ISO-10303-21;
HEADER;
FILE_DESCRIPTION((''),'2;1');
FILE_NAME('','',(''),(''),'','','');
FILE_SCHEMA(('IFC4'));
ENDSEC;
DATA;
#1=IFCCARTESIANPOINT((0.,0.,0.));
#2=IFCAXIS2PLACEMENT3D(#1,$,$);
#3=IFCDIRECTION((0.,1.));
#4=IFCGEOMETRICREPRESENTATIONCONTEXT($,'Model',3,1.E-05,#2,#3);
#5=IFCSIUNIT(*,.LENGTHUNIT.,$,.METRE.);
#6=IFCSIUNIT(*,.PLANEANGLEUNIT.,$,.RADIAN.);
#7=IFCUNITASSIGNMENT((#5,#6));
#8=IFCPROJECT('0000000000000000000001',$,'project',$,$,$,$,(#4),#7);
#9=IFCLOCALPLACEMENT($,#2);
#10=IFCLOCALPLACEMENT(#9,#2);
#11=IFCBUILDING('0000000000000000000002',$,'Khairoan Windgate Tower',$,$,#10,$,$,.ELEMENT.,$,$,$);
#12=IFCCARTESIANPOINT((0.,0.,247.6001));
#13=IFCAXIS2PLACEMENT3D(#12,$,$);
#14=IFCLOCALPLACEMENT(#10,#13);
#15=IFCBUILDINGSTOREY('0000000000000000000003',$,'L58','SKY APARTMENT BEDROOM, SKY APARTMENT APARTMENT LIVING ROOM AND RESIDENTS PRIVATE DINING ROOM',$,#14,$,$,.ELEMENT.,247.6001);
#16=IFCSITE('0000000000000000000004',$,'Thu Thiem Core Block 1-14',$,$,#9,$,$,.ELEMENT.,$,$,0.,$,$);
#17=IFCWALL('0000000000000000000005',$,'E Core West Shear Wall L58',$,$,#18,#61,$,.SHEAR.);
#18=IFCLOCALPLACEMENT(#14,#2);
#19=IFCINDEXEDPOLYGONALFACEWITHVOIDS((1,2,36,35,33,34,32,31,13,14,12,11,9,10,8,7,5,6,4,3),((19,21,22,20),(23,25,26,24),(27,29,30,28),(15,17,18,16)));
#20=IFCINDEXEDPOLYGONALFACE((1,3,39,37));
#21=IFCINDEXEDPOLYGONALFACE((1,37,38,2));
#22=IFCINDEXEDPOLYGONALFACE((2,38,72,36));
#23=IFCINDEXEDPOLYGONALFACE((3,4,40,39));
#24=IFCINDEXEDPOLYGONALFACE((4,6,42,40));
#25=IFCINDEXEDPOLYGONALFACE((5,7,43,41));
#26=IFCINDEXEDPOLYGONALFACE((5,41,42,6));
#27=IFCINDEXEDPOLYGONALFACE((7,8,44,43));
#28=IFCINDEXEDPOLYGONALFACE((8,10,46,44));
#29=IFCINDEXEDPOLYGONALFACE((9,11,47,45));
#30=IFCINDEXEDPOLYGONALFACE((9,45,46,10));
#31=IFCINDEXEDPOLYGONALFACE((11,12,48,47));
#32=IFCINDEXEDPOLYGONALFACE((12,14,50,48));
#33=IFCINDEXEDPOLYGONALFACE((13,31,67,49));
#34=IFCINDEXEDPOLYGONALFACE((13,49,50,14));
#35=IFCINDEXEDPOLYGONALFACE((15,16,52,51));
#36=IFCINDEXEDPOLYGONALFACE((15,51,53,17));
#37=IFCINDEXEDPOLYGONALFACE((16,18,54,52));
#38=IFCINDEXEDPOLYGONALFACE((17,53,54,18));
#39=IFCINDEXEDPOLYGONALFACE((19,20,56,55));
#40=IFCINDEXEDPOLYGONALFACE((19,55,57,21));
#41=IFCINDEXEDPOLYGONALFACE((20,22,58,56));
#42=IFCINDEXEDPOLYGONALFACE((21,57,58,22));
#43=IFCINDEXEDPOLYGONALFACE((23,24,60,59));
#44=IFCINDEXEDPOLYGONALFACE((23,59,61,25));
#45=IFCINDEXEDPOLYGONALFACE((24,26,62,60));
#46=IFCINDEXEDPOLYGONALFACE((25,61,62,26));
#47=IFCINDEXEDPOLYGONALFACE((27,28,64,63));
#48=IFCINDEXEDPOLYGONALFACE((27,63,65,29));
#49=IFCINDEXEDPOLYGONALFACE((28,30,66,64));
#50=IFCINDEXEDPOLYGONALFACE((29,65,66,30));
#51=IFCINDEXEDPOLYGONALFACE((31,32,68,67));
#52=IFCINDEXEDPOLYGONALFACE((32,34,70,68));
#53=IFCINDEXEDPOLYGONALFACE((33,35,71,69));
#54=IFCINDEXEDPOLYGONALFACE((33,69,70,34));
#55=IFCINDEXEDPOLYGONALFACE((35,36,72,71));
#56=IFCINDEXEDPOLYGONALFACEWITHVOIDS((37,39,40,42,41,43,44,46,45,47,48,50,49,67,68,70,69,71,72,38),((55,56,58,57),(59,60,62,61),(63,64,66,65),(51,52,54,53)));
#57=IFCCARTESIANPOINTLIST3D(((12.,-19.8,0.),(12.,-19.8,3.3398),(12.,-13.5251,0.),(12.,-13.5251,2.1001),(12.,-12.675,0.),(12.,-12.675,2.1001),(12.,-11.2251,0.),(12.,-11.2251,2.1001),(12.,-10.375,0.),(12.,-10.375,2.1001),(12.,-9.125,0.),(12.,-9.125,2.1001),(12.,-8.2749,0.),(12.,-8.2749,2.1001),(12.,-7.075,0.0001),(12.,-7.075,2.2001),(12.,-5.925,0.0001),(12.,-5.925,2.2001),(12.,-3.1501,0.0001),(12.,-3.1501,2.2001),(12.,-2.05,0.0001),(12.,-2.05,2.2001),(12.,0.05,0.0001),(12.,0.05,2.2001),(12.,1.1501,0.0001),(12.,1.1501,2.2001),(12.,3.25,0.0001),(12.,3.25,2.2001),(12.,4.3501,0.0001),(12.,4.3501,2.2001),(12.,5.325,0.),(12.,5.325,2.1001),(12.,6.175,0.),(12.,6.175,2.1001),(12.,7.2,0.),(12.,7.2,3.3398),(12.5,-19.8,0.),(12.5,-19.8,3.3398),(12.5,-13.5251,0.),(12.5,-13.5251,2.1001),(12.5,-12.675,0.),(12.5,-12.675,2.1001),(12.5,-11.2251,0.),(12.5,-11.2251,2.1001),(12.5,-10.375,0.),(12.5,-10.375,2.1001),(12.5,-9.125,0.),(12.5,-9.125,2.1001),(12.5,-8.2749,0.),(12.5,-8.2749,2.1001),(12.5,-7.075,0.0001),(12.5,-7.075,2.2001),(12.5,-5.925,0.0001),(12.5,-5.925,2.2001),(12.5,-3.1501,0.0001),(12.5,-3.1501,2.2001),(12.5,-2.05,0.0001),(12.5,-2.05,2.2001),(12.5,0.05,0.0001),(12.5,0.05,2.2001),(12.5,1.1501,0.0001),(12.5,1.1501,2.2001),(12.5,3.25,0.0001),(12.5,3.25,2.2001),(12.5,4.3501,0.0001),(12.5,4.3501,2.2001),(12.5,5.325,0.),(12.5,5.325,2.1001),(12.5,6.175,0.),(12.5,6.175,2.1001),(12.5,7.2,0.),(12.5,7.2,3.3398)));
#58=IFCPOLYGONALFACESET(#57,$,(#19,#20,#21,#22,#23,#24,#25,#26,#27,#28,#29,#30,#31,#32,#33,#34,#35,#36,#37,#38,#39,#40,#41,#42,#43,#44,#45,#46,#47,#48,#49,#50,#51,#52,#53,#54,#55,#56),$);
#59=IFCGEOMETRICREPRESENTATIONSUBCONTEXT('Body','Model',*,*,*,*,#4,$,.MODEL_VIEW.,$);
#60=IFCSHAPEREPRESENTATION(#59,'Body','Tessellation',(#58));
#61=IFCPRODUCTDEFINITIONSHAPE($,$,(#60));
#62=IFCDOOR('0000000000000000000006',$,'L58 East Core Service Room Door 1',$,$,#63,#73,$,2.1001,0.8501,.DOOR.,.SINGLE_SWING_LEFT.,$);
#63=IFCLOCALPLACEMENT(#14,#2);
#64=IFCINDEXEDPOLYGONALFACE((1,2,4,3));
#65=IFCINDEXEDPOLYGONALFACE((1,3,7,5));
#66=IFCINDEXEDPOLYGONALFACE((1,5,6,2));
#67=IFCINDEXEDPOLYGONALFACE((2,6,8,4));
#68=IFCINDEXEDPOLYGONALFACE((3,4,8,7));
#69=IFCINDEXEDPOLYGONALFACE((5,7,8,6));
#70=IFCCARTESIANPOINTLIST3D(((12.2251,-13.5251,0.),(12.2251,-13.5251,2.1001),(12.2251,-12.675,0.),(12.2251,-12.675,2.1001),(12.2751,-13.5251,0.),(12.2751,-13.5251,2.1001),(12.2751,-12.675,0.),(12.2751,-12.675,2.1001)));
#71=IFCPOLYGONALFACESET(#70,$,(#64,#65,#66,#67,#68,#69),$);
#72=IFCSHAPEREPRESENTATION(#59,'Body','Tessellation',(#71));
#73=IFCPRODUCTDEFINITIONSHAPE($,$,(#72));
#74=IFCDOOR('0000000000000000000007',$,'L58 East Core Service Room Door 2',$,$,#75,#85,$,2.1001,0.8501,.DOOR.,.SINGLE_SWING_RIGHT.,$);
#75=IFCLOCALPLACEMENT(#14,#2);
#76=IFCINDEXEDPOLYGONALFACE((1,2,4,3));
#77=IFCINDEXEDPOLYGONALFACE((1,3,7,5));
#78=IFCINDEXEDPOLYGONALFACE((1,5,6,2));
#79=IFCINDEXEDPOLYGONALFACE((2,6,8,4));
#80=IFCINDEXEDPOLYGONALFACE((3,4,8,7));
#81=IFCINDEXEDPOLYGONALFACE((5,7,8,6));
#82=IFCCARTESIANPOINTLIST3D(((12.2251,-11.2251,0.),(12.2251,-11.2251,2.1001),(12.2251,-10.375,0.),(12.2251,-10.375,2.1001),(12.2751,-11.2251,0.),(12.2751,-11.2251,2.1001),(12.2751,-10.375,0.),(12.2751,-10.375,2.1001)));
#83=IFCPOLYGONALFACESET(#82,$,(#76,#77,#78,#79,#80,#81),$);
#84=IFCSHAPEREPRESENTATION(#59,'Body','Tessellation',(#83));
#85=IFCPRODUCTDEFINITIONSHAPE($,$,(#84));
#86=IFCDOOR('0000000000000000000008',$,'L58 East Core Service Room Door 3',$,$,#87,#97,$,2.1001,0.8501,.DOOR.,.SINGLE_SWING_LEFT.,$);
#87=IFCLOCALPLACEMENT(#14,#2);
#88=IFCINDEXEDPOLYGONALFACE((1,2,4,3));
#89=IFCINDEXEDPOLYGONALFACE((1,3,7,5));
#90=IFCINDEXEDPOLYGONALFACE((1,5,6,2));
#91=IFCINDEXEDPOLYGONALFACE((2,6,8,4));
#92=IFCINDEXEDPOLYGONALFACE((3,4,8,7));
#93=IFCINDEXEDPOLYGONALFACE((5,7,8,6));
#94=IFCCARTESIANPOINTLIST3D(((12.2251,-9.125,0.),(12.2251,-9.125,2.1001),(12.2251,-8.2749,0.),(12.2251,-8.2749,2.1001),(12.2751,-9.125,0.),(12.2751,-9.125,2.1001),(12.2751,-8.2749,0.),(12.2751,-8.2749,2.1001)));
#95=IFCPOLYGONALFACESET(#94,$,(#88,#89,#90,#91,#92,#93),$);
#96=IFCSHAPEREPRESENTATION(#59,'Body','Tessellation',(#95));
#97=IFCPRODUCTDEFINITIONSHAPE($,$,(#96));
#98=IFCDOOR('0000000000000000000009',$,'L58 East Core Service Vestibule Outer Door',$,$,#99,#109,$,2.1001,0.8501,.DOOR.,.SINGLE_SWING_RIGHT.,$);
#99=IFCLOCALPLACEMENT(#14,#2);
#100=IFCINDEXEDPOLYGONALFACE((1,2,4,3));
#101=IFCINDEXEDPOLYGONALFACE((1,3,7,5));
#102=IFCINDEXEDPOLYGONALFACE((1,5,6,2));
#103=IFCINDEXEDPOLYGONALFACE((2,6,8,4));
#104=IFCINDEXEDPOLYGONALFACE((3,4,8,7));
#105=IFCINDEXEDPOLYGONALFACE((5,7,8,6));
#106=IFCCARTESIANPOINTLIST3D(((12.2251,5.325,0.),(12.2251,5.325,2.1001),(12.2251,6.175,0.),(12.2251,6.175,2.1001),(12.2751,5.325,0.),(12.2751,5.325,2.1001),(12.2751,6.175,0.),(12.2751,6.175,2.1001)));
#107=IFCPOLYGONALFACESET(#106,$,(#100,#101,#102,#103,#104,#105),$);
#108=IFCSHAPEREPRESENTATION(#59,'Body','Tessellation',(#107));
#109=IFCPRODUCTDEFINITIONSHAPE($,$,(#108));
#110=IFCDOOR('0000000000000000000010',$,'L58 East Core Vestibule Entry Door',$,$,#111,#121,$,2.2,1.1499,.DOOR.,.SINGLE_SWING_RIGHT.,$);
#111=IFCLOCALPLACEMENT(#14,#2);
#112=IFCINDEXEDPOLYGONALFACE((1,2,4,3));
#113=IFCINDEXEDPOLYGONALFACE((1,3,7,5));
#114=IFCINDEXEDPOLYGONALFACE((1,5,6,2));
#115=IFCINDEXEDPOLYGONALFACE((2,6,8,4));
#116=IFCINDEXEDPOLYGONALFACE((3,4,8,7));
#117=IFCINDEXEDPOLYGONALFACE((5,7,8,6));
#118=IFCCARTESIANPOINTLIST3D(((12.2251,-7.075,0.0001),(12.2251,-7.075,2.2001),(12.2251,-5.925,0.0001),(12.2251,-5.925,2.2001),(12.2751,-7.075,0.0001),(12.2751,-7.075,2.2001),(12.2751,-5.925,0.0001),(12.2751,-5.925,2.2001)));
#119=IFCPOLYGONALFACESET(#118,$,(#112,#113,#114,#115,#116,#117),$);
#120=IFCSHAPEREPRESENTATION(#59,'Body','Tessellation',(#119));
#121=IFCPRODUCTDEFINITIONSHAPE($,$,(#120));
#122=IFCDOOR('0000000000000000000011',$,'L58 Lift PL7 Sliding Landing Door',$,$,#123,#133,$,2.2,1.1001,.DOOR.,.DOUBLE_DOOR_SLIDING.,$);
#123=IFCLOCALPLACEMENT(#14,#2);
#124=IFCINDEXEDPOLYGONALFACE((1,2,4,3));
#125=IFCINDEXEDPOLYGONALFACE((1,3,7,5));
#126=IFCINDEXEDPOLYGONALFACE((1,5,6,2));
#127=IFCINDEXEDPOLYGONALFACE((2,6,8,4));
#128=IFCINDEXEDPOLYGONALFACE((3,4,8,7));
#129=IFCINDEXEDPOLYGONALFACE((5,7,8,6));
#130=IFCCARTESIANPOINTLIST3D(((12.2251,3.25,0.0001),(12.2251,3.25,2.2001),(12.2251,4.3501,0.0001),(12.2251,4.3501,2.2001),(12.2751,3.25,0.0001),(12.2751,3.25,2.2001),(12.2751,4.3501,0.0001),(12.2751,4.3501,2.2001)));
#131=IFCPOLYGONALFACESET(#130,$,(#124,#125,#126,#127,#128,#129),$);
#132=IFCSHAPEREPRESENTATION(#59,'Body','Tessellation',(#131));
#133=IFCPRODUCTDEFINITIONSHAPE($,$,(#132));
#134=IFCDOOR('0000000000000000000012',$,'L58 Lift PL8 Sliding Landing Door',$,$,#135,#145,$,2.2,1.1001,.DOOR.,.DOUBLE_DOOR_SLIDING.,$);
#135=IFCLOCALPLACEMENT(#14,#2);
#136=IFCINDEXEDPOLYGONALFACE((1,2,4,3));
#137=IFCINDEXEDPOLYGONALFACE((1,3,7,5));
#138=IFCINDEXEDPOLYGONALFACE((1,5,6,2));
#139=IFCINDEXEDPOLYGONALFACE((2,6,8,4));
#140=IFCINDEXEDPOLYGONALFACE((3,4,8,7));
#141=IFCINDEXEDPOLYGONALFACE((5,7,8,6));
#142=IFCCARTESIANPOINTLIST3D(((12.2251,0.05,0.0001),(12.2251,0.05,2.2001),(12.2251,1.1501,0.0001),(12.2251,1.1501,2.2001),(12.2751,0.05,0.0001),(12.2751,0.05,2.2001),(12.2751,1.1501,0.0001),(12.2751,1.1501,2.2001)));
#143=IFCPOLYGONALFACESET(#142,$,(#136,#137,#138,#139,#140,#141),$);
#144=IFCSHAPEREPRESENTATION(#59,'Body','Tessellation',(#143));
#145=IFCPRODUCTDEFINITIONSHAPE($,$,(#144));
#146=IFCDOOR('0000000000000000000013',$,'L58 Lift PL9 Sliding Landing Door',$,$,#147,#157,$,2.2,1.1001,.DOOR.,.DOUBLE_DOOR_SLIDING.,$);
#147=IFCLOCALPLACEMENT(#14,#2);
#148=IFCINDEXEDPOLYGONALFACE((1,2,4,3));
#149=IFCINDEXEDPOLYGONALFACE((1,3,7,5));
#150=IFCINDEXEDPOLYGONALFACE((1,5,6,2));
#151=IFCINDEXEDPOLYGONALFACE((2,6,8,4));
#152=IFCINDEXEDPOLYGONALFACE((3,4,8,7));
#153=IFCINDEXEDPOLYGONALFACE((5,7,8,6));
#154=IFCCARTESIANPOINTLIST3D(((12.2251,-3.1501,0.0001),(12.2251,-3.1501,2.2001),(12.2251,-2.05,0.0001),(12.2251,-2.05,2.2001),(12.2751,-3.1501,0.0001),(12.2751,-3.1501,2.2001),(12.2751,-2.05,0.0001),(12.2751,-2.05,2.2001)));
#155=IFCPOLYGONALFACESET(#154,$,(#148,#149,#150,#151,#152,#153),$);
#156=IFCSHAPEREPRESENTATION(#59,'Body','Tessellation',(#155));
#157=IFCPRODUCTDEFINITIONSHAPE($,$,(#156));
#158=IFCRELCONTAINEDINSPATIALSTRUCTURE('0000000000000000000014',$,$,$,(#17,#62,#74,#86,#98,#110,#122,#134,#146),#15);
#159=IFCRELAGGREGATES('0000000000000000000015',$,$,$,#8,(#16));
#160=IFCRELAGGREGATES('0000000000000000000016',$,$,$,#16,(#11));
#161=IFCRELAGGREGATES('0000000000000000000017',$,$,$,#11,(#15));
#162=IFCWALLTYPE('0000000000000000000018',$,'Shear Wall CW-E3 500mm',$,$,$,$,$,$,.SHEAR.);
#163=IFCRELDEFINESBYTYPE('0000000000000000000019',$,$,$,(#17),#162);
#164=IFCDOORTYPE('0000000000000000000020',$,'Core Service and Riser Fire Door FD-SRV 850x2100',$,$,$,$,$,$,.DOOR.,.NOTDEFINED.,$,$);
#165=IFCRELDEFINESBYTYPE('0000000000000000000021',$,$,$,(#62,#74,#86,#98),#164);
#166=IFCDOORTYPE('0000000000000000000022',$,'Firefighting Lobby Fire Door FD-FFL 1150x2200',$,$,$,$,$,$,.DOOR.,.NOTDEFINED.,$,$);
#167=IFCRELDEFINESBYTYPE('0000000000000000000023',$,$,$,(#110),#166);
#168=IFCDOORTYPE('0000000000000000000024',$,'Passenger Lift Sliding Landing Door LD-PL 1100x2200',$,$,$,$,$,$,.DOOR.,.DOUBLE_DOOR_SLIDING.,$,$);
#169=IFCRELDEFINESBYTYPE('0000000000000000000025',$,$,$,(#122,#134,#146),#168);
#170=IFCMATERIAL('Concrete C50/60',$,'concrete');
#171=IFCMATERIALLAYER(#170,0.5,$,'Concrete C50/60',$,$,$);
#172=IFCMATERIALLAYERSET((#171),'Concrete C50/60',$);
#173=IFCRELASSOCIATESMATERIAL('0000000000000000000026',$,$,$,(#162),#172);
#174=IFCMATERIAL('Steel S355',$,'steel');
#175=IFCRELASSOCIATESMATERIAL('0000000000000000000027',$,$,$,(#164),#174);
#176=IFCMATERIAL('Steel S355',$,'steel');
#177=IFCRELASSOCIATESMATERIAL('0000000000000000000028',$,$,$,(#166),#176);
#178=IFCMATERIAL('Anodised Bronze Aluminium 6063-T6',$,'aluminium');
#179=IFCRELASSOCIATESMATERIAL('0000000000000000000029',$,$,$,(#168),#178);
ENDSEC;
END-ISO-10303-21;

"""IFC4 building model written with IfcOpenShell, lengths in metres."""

from ifc_helpers import new_model, si_unit, direction, frame, frame_2d, origin, place, context, subcontext, project, spatial, rectangle, extrude, material, layer, layer_set, type_object, element, fill, save


model = new_model("IFC4")

# Units and contexts
model_context = context("Model", 3, precision=1e-05, world=origin(), true_north=direction((0.0, 1.0)))
body_context = subcontext(model_context, "Body", "Model", "MODEL_VIEW")
ifc_project = project(units=[si_unit("LENGTHUNIT", "METRE"), si_unit("PLANEANGLEUNIT", "RADIAN")], contexts=[model_context])

# Site, building, storey
site_placement = place(None, origin())
site = spatial("IfcSite", under=ifc_project, at=site_placement, Name="Thu Thiem Core Block 1-14", CompositionType="ELEMENT", RefElevation=0.0)
building_placement = place(site_placement, origin())
building = spatial("IfcBuilding", under=site, at=building_placement, Name="Khairoan Windgate Tower", CompositionType="ELEMENT")
storey_placement = place(building_placement, frame((0.0, 0.0, 247.6001)))
storey = spatial("IfcBuildingStorey", under=building, at=storey_placement, Name="L58", Description="SKY APARTMENT BEDROOM, SKY APARTMENT APARTMENT LIVING ROOM AND RESIDENTS PRIVATE DINING ROOM", CompositionType="ELEMENT", Elevation=247.6001)

# Wall, openings, doors
ifc_material_1 = material(Name="Concrete C50/60", Category="concrete")
ifc_layer_1 = layer(ifc_material_1, 0.5, Name="Concrete C50/60")
ifc_layer_set_1 = layer_set([ifc_layer_1], Name="Concrete C50/60")
wall_type_1 = type_object("IfcWallType", Name="Shear Wall CW-E3 500mm", PredefinedType="SHEAR", material=ifc_layer_set_1)
wall_1_placement = place(storey_placement, frame((12.25, -19.8, 0.0), z_axis=(0.0, 0.0, 1.0), x_axis=(0.0, 1.0, 0.0)))
wall_1 = element("IfcWall", 1, at=wall_1_placement, inside=storey, type_object=wall_type_1, Name="E Core West Shear Wall L58", PredefinedType="SHEAR", context=body_context, shape_type="SweptSolid", body=[
    extrude(rectangle(XDim=27.0, YDim=0.5, at=frame_2d((13.5, 0.0))), origin(), (0.0, 0.0, 1.0), 3.3398),
])
opening_1_placement = place(wall_1_placement, frame((23.05, 0.0, 0.0)))
opening_1 = element("IfcOpeningElement", 2, at=opening_1_placement, cuts=wall_1, PredefinedType="OPENING", context=body_context, shape_type="SweptSolid", body=[
    extrude(rectangle(XDim=1.1001, YDim=2.2, at=frame_2d((0.55, 1.1001))), frame((0.0, 0.26, 0.0), z_axis=(0.0, -1.0, 0.0), x_axis=(1.0, 0.0, 0.0)), (0.0, 0.0, 1.0), 0.52),
])
opening_2_placement = place(wall_1_placement, frame((19.8501, 0.0, 0.0)))
opening_2 = element("IfcOpeningElement", 3, at=opening_2_placement, cuts=wall_1, PredefinedType="OPENING", context=body_context, shape_type="SweptSolid", body=[
    extrude(rectangle(XDim=1.1001, YDim=2.2, at=frame_2d((0.55, 1.1001))), frame((0.0, 0.26, 0.0), z_axis=(0.0, -1.0, 0.0), x_axis=(1.0, 0.0, 0.0)), (0.0, 0.0, 1.0), 0.52),
])
opening_3_placement = place(wall_1_placement, frame((16.6499, 0.0, 0.0)))
opening_3 = element("IfcOpeningElement", 4, at=opening_3_placement, cuts=wall_1, PredefinedType="OPENING", context=body_context, shape_type="SweptSolid", body=[
    extrude(rectangle(XDim=1.1001, YDim=2.2, at=frame_2d((0.55, 1.1001))), frame((0.0, 0.26, 0.0), z_axis=(0.0, -1.0, 0.0), x_axis=(1.0, 0.0, 0.0)), (0.0, 0.0, 1.0), 0.52),
])
opening_4_placement = place(wall_1_placement, frame((6.2749, 0.0, 0.0)))
opening_4 = element("IfcOpeningElement", 5, at=opening_4_placement, cuts=wall_1, PredefinedType="OPENING", context=body_context, shape_type="SweptSolid", body=[
    extrude(rectangle(XDim=0.8501, YDim=2.1001, at=frame_2d((0.425, 1.05))), frame((0.0, 0.26, 0.0), z_axis=(0.0, -1.0, 0.0), x_axis=(1.0, 0.0, 0.0)), (0.0, 0.0, 1.0), 0.52),
])
opening_5_placement = place(wall_1_placement, frame((8.575, 0.0, 0.0)))
opening_5 = element("IfcOpeningElement", 6, at=opening_5_placement, cuts=wall_1, PredefinedType="OPENING", context=body_context, shape_type="SweptSolid", body=[
    extrude(rectangle(XDim=0.8501, YDim=2.1001, at=frame_2d((0.425, 1.05))), frame((0.0, 0.26, 0.0), z_axis=(0.0, -1.0, 0.0), x_axis=(1.0, 0.0, 0.0)), (0.0, 0.0, 1.0), 0.52),
])
opening_6_placement = place(wall_1_placement, frame((10.675, 0.0, 0.0)))
opening_6 = element("IfcOpeningElement", 7, at=opening_6_placement, cuts=wall_1, PredefinedType="OPENING", context=body_context, shape_type="SweptSolid", body=[
    extrude(rectangle(XDim=0.8501, YDim=2.1001, at=frame_2d((0.425, 1.05))), frame((0.0, 0.26, 0.0), z_axis=(0.0, -1.0, 0.0), x_axis=(1.0, 0.0, 0.0)), (0.0, 0.0, 1.0), 0.52),
])
opening_7_placement = place(wall_1_placement, frame((12.7251, 0.0, 0.0)))
opening_7 = element("IfcOpeningElement", 8, at=opening_7_placement, cuts=wall_1, PredefinedType="OPENING", context=body_context, shape_type="SweptSolid", body=[
    extrude(rectangle(XDim=1.1499, YDim=2.2, at=frame_2d((0.575, 1.1001))), frame((0.0, 0.26, 0.0), z_axis=(0.0, -1.0, 0.0), x_axis=(1.0, 0.0, 0.0)), (0.0, 0.0, 1.0), 0.52),
])
opening_8_placement = place(wall_1_placement, frame((25.125, 0.0, 0.0)))
opening_8 = element("IfcOpeningElement", 9, at=opening_8_placement, cuts=wall_1, PredefinedType="OPENING", context=body_context, shape_type="SweptSolid", body=[
    extrude(rectangle(XDim=0.8501, YDim=2.1001, at=frame_2d((0.425, 1.05))), frame((0.0, 0.26, 0.0), z_axis=(0.0, -1.0, 0.0), x_axis=(1.0, 0.0, 0.0)), (0.0, 0.0, 1.0), 0.52),
])
ifc_material_2 = material(Name="Steel S355", Category="steel")
door_type_1 = type_object("IfcDoorType", Name="Core Service and Riser Fire Door FD-SRV 850x2100", OperationType="NOTDEFINED", PredefinedType="DOOR", material=ifc_material_2)
door_1_placement = place(opening_4_placement, origin())
door_1 = element("IfcDoor", 10, at=door_1_placement, inside=storey, type_object=door_type_1, Name="L58 East Core Service Room Door 1", OperationType="SINGLE_SWING_LEFT", OverallHeight=2.1001, OverallWidth=0.8501, PredefinedType="DOOR", context=body_context, shape_type="SweptSolid", body=[
    extrude(rectangle(XDim=0.8501, YDim=2.1001, at=frame_2d((0.425, 1.05))), frame((0.0, 0.0249, 0.0), z_axis=(0.0, -1.0, 0.0), x_axis=(1.0, 0.0, 0.0)), (0.0, 0.0, 1.0), 0.05),
])
fill(opening_4, door_1)
door_2_placement = place(opening_5_placement, origin())
door_2 = element("IfcDoor", 11, at=door_2_placement, inside=storey, type_object=door_type_1, Name="L58 East Core Service Room Door 2", OperationType="SINGLE_SWING_RIGHT", OverallHeight=2.1001, OverallWidth=0.8501, PredefinedType="DOOR", context=body_context, shape_type="SweptSolid", body=[
    extrude(rectangle(XDim=0.8501, YDim=2.1001, at=frame_2d((0.425, 1.05))), frame((0.0, 0.0249, 0.0), z_axis=(0.0, -1.0, 0.0), x_axis=(1.0, 0.0, 0.0)), (0.0, 0.0, 1.0), 0.05),
])
fill(opening_5, door_2)
door_3_placement = place(opening_6_placement, origin())
door_3 = element("IfcDoor", 12, at=door_3_placement, inside=storey, type_object=door_type_1, Name="L58 East Core Service Room Door 3", OperationType="SINGLE_SWING_LEFT", OverallHeight=2.1001, OverallWidth=0.8501, PredefinedType="DOOR", context=body_context, shape_type="SweptSolid", body=[
    extrude(rectangle(XDim=0.8501, YDim=2.1001, at=frame_2d((0.425, 1.05))), frame((0.0, 0.0249, 0.0), z_axis=(0.0, -1.0, 0.0), x_axis=(1.0, 0.0, 0.0)), (0.0, 0.0, 1.0), 0.05),
])
fill(opening_6, door_3)
door_4_placement = place(opening_8_placement, origin())
door_4 = element("IfcDoor", 13, at=door_4_placement, inside=storey, type_object=door_type_1, Name="L58 East Core Service Vestibule Outer Door", OperationType="SINGLE_SWING_RIGHT", OverallHeight=2.1001, OverallWidth=0.8501, PredefinedType="DOOR", context=body_context, shape_type="SweptSolid", body=[
    extrude(rectangle(XDim=0.8501, YDim=2.1001, at=frame_2d((0.425, 1.05))), frame((0.0, 0.0249, 0.0), z_axis=(0.0, -1.0, 0.0), x_axis=(1.0, 0.0, 0.0)), (0.0, 0.0, 1.0), 0.05),
])
fill(opening_8, door_4)
ifc_material_3 = material(Name="Steel S355", Category="steel")
door_type_2 = type_object("IfcDoorType", Name="Firefighting Lobby Fire Door FD-FFL 1150x2200", OperationType="NOTDEFINED", PredefinedType="DOOR", material=ifc_material_3)
door_5_placement = place(opening_7_placement, origin())
door_5 = element("IfcDoor", 14, at=door_5_placement, inside=storey, type_object=door_type_2, Name="L58 East Core Vestibule Entry Door", OperationType="SINGLE_SWING_RIGHT", OverallHeight=2.2, OverallWidth=1.1499, PredefinedType="DOOR", context=body_context, shape_type="SweptSolid", body=[
    extrude(rectangle(XDim=1.1499, YDim=2.2, at=frame_2d((0.575, 1.1001))), frame((0.0, 0.0249, 0.0), z_axis=(0.0, -1.0, 0.0), x_axis=(1.0, 0.0, 0.0)), (0.0, 0.0, 1.0), 0.05),
])
fill(opening_7, door_5)
ifc_material_4 = material(Name="Anodised Bronze Aluminium 6063-T6", Category="aluminium")
door_type_3 = type_object("IfcDoorType", Name="Passenger Lift Sliding Landing Door LD-PL 1100x2200", OperationType="DOUBLE_DOOR_SLIDING", PredefinedType="DOOR", material=ifc_material_4)
door_6_placement = place(opening_1_placement, origin())
door_6 = element("IfcDoor", 15, at=door_6_placement, inside=storey, type_object=door_type_3, Name="L58 Lift PL7 Sliding Landing Door", OperationType="DOUBLE_DOOR_SLIDING", OverallHeight=2.2, OverallWidth=1.1001, PredefinedType="DOOR", context=body_context, shape_type="SweptSolid", body=[
    extrude(rectangle(XDim=1.1001, YDim=2.2, at=frame_2d((0.55, 1.1001))), frame((0.0, 0.0249, 0.0), z_axis=(0.0, -1.0, 0.0), x_axis=(1.0, 0.0, 0.0)), (0.0, 0.0, 1.0), 0.05),
])
fill(opening_1, door_6)
door_7_placement = place(opening_2_placement, origin())
door_7 = element("IfcDoor", 16, at=door_7_placement, inside=storey, type_object=door_type_3, Name="L58 Lift PL8 Sliding Landing Door", OperationType="DOUBLE_DOOR_SLIDING", OverallHeight=2.2, OverallWidth=1.1001, PredefinedType="DOOR", context=body_context, shape_type="SweptSolid", body=[
    extrude(rectangle(XDim=1.1001, YDim=2.2, at=frame_2d((0.55, 1.1001))), frame((0.0, 0.0249, 0.0), z_axis=(0.0, -1.0, 0.0), x_axis=(1.0, 0.0, 0.0)), (0.0, 0.0, 1.0), 0.05),
])
fill(opening_2, door_7)
door_8_placement = place(opening_3_placement, origin())
door_8 = element("IfcDoor", 17, at=door_8_placement, inside=storey, type_object=door_type_3, Name="L58 Lift PL9 Sliding Landing Door", OperationType="DOUBLE_DOOR_SLIDING", OverallHeight=2.2, OverallWidth=1.1001, PredefinedType="DOOR", context=body_context, shape_type="SweptSolid", body=[
    extrude(rectangle(XDim=1.1001, YDim=2.2, at=frame_2d((0.55, 1.1001))), frame((0.0, 0.0249, 0.0), z_axis=(0.0, -1.0, 0.0), x_axis=(1.0, 0.0, 0.0)), (0.0, 0.0, 1.0), 0.05),
])
fill(opening_3, door_8)

save(model, "model.ifc")
